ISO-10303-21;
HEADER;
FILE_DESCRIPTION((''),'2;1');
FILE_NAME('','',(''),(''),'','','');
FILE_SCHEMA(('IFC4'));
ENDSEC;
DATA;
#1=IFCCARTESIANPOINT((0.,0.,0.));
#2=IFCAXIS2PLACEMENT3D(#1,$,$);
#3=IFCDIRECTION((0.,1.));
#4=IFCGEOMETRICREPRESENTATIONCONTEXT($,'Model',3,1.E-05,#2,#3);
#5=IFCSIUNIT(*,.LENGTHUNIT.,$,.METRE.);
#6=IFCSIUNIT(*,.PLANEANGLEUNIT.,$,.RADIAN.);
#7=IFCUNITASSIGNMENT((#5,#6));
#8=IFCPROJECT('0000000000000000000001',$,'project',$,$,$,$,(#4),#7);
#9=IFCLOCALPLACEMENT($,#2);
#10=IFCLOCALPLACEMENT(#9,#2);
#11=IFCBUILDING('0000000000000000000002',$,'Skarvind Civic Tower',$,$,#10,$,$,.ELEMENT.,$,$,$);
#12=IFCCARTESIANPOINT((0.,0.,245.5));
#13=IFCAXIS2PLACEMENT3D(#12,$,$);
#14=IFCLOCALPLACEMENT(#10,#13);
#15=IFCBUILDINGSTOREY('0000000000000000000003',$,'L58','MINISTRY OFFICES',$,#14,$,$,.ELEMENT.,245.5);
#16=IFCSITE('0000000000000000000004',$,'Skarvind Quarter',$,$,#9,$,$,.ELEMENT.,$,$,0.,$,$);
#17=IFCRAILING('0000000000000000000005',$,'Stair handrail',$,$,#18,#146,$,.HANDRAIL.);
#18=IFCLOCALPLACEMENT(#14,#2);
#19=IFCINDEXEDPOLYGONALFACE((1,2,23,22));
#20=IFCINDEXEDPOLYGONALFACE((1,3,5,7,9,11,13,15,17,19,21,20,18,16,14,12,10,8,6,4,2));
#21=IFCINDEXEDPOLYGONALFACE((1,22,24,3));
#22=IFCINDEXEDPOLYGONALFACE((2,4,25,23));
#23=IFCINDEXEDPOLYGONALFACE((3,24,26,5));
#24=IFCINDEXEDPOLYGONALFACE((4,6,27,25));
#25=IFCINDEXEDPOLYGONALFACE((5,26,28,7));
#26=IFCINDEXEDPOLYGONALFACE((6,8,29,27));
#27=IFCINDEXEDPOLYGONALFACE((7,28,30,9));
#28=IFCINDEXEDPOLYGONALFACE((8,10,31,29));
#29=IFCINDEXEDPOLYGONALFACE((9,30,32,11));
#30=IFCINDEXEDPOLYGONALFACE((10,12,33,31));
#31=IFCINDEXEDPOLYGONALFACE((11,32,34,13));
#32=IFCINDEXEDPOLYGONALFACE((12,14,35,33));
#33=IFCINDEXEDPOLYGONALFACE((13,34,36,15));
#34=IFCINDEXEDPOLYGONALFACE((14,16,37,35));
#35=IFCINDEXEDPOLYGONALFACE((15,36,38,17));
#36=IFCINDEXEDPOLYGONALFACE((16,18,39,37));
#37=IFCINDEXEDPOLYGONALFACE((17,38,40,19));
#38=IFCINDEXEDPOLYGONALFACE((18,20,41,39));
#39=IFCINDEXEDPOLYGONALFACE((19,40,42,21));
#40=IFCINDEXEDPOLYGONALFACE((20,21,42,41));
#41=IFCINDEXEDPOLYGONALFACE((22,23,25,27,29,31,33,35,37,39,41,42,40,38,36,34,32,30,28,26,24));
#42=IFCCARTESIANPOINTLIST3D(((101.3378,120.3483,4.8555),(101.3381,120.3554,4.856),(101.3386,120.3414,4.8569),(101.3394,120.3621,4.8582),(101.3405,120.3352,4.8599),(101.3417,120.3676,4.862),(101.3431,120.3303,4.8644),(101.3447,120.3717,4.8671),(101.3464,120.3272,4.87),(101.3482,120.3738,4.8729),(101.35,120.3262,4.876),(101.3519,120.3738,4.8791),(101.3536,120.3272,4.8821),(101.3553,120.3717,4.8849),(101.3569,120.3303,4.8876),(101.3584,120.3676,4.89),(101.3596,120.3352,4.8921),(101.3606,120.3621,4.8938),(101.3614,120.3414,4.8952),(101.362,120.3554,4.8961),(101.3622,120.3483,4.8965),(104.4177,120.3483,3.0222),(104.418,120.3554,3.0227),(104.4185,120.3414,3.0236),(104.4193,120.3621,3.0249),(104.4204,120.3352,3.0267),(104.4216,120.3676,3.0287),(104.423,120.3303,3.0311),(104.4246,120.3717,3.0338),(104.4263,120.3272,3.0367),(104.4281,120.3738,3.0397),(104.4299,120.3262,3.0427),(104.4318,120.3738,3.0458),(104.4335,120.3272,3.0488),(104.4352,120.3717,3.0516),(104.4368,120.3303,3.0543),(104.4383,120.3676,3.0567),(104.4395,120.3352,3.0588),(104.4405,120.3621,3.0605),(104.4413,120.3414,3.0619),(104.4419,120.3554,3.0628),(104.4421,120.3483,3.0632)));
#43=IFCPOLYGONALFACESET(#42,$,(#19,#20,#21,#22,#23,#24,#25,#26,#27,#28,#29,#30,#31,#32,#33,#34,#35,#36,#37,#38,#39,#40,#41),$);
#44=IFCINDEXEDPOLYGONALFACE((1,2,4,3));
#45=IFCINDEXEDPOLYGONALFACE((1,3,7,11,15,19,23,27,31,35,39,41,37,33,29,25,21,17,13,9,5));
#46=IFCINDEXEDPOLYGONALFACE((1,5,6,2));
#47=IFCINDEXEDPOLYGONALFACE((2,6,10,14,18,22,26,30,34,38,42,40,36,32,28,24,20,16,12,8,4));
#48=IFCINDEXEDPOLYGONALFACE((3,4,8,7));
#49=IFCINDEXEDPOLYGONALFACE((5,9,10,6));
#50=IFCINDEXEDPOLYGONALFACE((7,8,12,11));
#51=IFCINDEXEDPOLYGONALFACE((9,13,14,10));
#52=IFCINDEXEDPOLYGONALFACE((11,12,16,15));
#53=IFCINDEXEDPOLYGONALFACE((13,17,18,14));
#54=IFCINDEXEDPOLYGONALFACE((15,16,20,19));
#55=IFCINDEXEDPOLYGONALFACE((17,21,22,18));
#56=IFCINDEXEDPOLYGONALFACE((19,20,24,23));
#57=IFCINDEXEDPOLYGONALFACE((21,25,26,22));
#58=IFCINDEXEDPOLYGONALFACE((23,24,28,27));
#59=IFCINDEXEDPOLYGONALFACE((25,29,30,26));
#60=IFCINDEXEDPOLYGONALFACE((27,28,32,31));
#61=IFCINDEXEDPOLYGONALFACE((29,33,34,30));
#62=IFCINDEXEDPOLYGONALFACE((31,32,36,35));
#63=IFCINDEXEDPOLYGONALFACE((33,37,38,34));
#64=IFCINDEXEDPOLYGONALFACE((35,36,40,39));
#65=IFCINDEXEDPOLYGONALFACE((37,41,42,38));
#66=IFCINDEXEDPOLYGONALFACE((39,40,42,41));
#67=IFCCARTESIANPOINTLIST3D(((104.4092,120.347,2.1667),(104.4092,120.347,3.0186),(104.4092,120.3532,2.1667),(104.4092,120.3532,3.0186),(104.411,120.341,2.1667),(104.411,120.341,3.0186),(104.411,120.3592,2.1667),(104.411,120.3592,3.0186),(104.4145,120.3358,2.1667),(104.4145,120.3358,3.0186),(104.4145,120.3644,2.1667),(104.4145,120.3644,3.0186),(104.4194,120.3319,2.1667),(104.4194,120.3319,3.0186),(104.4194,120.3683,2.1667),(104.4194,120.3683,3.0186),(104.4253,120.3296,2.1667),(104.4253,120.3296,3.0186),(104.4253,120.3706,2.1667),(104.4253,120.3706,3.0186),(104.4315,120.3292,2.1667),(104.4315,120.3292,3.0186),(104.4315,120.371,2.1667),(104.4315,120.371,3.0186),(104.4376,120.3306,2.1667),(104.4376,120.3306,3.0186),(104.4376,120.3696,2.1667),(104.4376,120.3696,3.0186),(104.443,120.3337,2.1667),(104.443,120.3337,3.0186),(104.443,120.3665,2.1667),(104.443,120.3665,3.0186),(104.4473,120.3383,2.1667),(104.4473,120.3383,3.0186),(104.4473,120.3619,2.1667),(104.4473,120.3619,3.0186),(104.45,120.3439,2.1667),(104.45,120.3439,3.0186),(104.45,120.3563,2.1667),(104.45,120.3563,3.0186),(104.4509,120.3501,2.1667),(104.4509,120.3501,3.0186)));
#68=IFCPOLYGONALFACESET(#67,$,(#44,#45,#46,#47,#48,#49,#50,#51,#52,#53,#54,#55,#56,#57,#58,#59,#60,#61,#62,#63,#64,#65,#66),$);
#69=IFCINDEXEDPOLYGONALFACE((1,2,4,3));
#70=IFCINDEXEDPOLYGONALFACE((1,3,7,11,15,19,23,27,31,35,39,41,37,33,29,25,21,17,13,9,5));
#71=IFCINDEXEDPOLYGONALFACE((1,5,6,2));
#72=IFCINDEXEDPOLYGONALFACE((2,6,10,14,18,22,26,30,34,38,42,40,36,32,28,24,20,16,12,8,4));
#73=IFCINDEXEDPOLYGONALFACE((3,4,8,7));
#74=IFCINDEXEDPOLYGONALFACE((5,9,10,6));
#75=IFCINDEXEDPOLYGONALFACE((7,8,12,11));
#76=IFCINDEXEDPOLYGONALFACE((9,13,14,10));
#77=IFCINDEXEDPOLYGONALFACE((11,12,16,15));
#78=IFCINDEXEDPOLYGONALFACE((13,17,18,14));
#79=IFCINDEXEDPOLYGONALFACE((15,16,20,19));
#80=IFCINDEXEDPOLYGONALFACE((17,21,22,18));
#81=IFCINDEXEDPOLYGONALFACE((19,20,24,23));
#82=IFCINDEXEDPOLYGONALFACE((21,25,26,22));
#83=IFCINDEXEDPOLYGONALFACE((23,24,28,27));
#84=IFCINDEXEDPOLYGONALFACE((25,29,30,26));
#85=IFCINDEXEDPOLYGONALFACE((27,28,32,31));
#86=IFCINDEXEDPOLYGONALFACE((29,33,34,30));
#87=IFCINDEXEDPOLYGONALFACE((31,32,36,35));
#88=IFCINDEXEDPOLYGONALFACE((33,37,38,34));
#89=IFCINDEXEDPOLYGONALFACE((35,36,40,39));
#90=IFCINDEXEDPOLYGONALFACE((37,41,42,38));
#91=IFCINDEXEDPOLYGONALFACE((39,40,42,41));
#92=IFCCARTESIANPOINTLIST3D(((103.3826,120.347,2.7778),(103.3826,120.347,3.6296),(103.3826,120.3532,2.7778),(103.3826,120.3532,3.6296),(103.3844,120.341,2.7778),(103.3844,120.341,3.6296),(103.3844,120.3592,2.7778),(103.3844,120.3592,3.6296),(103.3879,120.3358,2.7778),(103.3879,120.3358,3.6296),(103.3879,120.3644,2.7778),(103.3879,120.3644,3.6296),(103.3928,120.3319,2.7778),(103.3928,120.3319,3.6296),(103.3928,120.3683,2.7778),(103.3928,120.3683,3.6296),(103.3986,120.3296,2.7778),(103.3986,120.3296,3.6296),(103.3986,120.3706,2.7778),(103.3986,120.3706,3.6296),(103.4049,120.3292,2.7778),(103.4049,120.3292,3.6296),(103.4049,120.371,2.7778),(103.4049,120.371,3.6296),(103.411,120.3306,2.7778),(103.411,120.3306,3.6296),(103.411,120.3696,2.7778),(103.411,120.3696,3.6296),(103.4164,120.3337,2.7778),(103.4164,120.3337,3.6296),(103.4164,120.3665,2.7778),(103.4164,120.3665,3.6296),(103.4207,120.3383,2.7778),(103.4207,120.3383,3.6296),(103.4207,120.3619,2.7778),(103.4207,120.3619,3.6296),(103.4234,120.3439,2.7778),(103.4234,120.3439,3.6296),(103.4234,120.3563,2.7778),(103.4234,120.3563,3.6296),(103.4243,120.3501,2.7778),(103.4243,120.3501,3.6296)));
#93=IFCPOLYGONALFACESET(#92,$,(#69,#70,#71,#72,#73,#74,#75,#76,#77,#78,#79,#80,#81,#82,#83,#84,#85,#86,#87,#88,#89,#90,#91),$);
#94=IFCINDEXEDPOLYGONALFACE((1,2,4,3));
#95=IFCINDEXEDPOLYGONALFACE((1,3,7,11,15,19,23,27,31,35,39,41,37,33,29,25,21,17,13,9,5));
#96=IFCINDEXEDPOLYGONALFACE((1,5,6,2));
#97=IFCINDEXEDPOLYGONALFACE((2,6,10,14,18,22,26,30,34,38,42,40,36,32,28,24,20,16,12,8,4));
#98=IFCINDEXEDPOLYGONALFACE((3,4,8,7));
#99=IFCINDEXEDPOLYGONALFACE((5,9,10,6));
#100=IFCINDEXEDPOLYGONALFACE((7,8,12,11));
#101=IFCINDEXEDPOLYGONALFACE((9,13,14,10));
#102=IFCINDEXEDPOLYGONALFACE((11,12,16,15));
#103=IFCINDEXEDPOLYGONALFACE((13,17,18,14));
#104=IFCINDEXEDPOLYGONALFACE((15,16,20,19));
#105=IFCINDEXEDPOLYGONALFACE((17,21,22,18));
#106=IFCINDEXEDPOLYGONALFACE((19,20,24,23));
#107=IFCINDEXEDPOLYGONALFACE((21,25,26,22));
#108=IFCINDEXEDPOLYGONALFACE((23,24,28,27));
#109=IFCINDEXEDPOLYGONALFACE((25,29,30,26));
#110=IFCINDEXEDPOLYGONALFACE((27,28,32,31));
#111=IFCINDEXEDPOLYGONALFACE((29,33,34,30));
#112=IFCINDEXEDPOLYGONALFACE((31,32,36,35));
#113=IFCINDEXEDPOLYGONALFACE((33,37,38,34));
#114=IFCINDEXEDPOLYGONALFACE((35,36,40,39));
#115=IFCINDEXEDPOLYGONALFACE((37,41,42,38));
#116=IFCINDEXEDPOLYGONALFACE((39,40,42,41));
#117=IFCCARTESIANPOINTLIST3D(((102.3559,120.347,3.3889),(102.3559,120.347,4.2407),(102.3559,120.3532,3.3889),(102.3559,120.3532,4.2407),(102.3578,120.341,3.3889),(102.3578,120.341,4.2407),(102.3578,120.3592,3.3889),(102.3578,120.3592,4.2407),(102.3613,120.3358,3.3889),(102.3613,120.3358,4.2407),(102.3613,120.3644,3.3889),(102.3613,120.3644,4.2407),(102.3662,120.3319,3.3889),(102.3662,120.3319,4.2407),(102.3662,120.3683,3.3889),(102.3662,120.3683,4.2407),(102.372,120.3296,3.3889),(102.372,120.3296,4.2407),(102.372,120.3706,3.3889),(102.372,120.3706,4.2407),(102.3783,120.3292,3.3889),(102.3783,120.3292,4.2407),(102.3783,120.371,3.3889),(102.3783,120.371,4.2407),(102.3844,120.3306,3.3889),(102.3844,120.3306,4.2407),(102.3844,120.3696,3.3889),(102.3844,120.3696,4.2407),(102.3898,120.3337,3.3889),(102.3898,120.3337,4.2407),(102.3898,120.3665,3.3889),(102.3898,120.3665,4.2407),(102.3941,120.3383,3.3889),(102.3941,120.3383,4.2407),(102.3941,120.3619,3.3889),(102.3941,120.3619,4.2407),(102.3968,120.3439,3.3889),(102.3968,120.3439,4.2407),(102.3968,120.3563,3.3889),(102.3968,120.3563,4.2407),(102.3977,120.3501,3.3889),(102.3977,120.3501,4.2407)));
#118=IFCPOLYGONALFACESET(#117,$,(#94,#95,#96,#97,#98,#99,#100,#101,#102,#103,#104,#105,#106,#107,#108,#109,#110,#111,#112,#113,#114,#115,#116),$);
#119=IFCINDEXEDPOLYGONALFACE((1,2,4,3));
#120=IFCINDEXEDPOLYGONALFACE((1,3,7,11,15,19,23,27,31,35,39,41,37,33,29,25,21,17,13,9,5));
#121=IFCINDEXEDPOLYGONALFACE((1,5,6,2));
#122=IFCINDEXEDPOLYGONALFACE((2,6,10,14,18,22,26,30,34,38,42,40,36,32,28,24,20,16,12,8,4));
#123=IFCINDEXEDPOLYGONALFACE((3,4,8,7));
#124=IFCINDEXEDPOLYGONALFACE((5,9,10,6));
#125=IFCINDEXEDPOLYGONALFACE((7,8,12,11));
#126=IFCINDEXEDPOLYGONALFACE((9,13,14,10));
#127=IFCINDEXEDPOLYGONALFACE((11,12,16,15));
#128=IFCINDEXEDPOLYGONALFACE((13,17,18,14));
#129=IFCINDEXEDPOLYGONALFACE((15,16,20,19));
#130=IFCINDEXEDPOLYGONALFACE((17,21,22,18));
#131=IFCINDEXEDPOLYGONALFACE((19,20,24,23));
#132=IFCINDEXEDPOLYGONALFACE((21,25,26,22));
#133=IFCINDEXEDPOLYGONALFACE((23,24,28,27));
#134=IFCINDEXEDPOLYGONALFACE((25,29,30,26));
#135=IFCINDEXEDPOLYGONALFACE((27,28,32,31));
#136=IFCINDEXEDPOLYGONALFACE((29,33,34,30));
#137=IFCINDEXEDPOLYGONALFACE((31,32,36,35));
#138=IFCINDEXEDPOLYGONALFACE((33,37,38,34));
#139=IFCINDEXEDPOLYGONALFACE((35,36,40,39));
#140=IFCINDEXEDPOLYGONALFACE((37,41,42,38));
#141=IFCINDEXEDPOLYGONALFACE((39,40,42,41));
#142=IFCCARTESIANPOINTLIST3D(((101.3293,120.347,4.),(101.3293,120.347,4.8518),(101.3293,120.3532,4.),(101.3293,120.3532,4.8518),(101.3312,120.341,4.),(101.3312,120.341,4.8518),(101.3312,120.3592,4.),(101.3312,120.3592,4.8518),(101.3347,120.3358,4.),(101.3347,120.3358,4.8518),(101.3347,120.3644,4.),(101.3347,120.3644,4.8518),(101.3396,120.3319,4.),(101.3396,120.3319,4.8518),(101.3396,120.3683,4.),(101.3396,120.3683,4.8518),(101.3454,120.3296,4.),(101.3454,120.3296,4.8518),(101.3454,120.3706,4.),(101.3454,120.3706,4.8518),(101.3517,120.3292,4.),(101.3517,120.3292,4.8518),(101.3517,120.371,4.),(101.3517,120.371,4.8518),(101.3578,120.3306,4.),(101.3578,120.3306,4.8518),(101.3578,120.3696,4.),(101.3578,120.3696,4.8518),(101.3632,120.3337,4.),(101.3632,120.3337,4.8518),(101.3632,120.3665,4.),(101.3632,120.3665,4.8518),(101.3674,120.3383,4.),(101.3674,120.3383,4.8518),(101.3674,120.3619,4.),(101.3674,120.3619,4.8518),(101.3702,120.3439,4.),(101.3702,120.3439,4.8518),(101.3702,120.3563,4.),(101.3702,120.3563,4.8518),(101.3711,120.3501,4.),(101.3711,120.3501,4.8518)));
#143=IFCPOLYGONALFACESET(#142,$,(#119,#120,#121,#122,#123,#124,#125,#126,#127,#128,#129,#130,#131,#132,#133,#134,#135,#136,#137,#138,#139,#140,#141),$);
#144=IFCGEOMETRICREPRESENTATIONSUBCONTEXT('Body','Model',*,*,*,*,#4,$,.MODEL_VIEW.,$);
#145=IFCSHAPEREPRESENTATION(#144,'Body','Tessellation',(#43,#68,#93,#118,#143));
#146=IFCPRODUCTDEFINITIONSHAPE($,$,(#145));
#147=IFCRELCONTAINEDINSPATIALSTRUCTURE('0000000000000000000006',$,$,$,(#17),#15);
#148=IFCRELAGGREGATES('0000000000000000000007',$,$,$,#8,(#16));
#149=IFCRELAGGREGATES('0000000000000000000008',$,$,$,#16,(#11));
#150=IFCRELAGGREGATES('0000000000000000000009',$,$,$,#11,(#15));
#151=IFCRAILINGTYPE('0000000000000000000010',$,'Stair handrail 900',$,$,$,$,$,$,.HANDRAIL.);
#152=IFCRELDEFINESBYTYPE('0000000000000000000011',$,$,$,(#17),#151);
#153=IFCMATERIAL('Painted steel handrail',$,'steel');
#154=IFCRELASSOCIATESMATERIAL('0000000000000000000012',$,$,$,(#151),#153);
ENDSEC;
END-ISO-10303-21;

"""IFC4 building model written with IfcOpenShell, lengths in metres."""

from ifc_helpers import new_model, si_unit, direction, frame, origin, origin_2d, place, context, subcontext, project, spatial, circle, extrude, material, type_object, element, save


model = new_model("IFC4")

# Units and contexts
model_context = context("Model", 3, precision=1e-05, world=origin(), true_north=direction((0.0, 1.0)))
body_context = subcontext(model_context, "Body", "Model", "MODEL_VIEW")
ifc_project = project(units=[si_unit("LENGTHUNIT", "METRE"), si_unit("PLANEANGLEUNIT", "RADIAN")], contexts=[model_context])

# Site, building, storey
site_placement = place(None, origin())
site = spatial("IfcSite", under=ifc_project, at=site_placement, Name="Skarvind Quarter", CompositionType="ELEMENT", RefElevation=0.0)
building_placement = place(site_placement, origin())
building = spatial("IfcBuilding", under=site, at=building_placement, Name="Skarvind Civic Tower", CompositionType="ELEMENT")
storey_placement = place(building_placement, frame((0.0, 0.0, 245.5)))
storey = spatial("IfcBuildingStorey", under=building, at=storey_placement, Name="L58", Description="MINISTRY OFFICES", CompositionType="ELEMENT", Elevation=245.5)

# Railing
ifc_material_1 = material(Name="Painted steel handrail", Category="steel")
railing_type = type_object("IfcRailingType", Name="Stair handrail 900", PredefinedType="HANDRAIL", material=ifc_material_1)
railing_placement = place(storey_placement, frame((104.4299, 120.3501, 2.1667)))
element("IfcRailing", 1, at=railing_placement, inside=storey, type_object=railing_type, Name="Stair handrail", PredefinedType="HANDRAIL", context=body_context, shape_type="SweptSolid", body=[
    extrude(circle(Radius=0.0239, at=origin_2d()), frame((0.0, 0.0, 0.876), z_axis=(-0.859291, 0.0, 0.511487), x_axis=(0.0, -1.0, 0.0)), (0.0, 0.0, 1.0), 3.5842),
    extrude(circle(Radius=0.021, at=origin_2d()), origin(), (0.0, 0.0, 1.0), 0.8518),
    extrude(circle(Radius=0.021, at=origin_2d()), frame((-1.0266, 0.0, 0.6111)), (0.0, 0.0, 1.0), 0.8518),
    extrude(circle(Radius=0.021, at=origin_2d()), frame((-2.0532, 0.0, 1.2222)), (0.0, 0.0, 1.0), 0.8518),
    extrude(circle(Radius=0.021, at=origin_2d()), frame((-3.0798, 0.0, 1.8333)), (0.0, 0.0, 1.0), 0.8518),
])

save(model, "model.ifc")
